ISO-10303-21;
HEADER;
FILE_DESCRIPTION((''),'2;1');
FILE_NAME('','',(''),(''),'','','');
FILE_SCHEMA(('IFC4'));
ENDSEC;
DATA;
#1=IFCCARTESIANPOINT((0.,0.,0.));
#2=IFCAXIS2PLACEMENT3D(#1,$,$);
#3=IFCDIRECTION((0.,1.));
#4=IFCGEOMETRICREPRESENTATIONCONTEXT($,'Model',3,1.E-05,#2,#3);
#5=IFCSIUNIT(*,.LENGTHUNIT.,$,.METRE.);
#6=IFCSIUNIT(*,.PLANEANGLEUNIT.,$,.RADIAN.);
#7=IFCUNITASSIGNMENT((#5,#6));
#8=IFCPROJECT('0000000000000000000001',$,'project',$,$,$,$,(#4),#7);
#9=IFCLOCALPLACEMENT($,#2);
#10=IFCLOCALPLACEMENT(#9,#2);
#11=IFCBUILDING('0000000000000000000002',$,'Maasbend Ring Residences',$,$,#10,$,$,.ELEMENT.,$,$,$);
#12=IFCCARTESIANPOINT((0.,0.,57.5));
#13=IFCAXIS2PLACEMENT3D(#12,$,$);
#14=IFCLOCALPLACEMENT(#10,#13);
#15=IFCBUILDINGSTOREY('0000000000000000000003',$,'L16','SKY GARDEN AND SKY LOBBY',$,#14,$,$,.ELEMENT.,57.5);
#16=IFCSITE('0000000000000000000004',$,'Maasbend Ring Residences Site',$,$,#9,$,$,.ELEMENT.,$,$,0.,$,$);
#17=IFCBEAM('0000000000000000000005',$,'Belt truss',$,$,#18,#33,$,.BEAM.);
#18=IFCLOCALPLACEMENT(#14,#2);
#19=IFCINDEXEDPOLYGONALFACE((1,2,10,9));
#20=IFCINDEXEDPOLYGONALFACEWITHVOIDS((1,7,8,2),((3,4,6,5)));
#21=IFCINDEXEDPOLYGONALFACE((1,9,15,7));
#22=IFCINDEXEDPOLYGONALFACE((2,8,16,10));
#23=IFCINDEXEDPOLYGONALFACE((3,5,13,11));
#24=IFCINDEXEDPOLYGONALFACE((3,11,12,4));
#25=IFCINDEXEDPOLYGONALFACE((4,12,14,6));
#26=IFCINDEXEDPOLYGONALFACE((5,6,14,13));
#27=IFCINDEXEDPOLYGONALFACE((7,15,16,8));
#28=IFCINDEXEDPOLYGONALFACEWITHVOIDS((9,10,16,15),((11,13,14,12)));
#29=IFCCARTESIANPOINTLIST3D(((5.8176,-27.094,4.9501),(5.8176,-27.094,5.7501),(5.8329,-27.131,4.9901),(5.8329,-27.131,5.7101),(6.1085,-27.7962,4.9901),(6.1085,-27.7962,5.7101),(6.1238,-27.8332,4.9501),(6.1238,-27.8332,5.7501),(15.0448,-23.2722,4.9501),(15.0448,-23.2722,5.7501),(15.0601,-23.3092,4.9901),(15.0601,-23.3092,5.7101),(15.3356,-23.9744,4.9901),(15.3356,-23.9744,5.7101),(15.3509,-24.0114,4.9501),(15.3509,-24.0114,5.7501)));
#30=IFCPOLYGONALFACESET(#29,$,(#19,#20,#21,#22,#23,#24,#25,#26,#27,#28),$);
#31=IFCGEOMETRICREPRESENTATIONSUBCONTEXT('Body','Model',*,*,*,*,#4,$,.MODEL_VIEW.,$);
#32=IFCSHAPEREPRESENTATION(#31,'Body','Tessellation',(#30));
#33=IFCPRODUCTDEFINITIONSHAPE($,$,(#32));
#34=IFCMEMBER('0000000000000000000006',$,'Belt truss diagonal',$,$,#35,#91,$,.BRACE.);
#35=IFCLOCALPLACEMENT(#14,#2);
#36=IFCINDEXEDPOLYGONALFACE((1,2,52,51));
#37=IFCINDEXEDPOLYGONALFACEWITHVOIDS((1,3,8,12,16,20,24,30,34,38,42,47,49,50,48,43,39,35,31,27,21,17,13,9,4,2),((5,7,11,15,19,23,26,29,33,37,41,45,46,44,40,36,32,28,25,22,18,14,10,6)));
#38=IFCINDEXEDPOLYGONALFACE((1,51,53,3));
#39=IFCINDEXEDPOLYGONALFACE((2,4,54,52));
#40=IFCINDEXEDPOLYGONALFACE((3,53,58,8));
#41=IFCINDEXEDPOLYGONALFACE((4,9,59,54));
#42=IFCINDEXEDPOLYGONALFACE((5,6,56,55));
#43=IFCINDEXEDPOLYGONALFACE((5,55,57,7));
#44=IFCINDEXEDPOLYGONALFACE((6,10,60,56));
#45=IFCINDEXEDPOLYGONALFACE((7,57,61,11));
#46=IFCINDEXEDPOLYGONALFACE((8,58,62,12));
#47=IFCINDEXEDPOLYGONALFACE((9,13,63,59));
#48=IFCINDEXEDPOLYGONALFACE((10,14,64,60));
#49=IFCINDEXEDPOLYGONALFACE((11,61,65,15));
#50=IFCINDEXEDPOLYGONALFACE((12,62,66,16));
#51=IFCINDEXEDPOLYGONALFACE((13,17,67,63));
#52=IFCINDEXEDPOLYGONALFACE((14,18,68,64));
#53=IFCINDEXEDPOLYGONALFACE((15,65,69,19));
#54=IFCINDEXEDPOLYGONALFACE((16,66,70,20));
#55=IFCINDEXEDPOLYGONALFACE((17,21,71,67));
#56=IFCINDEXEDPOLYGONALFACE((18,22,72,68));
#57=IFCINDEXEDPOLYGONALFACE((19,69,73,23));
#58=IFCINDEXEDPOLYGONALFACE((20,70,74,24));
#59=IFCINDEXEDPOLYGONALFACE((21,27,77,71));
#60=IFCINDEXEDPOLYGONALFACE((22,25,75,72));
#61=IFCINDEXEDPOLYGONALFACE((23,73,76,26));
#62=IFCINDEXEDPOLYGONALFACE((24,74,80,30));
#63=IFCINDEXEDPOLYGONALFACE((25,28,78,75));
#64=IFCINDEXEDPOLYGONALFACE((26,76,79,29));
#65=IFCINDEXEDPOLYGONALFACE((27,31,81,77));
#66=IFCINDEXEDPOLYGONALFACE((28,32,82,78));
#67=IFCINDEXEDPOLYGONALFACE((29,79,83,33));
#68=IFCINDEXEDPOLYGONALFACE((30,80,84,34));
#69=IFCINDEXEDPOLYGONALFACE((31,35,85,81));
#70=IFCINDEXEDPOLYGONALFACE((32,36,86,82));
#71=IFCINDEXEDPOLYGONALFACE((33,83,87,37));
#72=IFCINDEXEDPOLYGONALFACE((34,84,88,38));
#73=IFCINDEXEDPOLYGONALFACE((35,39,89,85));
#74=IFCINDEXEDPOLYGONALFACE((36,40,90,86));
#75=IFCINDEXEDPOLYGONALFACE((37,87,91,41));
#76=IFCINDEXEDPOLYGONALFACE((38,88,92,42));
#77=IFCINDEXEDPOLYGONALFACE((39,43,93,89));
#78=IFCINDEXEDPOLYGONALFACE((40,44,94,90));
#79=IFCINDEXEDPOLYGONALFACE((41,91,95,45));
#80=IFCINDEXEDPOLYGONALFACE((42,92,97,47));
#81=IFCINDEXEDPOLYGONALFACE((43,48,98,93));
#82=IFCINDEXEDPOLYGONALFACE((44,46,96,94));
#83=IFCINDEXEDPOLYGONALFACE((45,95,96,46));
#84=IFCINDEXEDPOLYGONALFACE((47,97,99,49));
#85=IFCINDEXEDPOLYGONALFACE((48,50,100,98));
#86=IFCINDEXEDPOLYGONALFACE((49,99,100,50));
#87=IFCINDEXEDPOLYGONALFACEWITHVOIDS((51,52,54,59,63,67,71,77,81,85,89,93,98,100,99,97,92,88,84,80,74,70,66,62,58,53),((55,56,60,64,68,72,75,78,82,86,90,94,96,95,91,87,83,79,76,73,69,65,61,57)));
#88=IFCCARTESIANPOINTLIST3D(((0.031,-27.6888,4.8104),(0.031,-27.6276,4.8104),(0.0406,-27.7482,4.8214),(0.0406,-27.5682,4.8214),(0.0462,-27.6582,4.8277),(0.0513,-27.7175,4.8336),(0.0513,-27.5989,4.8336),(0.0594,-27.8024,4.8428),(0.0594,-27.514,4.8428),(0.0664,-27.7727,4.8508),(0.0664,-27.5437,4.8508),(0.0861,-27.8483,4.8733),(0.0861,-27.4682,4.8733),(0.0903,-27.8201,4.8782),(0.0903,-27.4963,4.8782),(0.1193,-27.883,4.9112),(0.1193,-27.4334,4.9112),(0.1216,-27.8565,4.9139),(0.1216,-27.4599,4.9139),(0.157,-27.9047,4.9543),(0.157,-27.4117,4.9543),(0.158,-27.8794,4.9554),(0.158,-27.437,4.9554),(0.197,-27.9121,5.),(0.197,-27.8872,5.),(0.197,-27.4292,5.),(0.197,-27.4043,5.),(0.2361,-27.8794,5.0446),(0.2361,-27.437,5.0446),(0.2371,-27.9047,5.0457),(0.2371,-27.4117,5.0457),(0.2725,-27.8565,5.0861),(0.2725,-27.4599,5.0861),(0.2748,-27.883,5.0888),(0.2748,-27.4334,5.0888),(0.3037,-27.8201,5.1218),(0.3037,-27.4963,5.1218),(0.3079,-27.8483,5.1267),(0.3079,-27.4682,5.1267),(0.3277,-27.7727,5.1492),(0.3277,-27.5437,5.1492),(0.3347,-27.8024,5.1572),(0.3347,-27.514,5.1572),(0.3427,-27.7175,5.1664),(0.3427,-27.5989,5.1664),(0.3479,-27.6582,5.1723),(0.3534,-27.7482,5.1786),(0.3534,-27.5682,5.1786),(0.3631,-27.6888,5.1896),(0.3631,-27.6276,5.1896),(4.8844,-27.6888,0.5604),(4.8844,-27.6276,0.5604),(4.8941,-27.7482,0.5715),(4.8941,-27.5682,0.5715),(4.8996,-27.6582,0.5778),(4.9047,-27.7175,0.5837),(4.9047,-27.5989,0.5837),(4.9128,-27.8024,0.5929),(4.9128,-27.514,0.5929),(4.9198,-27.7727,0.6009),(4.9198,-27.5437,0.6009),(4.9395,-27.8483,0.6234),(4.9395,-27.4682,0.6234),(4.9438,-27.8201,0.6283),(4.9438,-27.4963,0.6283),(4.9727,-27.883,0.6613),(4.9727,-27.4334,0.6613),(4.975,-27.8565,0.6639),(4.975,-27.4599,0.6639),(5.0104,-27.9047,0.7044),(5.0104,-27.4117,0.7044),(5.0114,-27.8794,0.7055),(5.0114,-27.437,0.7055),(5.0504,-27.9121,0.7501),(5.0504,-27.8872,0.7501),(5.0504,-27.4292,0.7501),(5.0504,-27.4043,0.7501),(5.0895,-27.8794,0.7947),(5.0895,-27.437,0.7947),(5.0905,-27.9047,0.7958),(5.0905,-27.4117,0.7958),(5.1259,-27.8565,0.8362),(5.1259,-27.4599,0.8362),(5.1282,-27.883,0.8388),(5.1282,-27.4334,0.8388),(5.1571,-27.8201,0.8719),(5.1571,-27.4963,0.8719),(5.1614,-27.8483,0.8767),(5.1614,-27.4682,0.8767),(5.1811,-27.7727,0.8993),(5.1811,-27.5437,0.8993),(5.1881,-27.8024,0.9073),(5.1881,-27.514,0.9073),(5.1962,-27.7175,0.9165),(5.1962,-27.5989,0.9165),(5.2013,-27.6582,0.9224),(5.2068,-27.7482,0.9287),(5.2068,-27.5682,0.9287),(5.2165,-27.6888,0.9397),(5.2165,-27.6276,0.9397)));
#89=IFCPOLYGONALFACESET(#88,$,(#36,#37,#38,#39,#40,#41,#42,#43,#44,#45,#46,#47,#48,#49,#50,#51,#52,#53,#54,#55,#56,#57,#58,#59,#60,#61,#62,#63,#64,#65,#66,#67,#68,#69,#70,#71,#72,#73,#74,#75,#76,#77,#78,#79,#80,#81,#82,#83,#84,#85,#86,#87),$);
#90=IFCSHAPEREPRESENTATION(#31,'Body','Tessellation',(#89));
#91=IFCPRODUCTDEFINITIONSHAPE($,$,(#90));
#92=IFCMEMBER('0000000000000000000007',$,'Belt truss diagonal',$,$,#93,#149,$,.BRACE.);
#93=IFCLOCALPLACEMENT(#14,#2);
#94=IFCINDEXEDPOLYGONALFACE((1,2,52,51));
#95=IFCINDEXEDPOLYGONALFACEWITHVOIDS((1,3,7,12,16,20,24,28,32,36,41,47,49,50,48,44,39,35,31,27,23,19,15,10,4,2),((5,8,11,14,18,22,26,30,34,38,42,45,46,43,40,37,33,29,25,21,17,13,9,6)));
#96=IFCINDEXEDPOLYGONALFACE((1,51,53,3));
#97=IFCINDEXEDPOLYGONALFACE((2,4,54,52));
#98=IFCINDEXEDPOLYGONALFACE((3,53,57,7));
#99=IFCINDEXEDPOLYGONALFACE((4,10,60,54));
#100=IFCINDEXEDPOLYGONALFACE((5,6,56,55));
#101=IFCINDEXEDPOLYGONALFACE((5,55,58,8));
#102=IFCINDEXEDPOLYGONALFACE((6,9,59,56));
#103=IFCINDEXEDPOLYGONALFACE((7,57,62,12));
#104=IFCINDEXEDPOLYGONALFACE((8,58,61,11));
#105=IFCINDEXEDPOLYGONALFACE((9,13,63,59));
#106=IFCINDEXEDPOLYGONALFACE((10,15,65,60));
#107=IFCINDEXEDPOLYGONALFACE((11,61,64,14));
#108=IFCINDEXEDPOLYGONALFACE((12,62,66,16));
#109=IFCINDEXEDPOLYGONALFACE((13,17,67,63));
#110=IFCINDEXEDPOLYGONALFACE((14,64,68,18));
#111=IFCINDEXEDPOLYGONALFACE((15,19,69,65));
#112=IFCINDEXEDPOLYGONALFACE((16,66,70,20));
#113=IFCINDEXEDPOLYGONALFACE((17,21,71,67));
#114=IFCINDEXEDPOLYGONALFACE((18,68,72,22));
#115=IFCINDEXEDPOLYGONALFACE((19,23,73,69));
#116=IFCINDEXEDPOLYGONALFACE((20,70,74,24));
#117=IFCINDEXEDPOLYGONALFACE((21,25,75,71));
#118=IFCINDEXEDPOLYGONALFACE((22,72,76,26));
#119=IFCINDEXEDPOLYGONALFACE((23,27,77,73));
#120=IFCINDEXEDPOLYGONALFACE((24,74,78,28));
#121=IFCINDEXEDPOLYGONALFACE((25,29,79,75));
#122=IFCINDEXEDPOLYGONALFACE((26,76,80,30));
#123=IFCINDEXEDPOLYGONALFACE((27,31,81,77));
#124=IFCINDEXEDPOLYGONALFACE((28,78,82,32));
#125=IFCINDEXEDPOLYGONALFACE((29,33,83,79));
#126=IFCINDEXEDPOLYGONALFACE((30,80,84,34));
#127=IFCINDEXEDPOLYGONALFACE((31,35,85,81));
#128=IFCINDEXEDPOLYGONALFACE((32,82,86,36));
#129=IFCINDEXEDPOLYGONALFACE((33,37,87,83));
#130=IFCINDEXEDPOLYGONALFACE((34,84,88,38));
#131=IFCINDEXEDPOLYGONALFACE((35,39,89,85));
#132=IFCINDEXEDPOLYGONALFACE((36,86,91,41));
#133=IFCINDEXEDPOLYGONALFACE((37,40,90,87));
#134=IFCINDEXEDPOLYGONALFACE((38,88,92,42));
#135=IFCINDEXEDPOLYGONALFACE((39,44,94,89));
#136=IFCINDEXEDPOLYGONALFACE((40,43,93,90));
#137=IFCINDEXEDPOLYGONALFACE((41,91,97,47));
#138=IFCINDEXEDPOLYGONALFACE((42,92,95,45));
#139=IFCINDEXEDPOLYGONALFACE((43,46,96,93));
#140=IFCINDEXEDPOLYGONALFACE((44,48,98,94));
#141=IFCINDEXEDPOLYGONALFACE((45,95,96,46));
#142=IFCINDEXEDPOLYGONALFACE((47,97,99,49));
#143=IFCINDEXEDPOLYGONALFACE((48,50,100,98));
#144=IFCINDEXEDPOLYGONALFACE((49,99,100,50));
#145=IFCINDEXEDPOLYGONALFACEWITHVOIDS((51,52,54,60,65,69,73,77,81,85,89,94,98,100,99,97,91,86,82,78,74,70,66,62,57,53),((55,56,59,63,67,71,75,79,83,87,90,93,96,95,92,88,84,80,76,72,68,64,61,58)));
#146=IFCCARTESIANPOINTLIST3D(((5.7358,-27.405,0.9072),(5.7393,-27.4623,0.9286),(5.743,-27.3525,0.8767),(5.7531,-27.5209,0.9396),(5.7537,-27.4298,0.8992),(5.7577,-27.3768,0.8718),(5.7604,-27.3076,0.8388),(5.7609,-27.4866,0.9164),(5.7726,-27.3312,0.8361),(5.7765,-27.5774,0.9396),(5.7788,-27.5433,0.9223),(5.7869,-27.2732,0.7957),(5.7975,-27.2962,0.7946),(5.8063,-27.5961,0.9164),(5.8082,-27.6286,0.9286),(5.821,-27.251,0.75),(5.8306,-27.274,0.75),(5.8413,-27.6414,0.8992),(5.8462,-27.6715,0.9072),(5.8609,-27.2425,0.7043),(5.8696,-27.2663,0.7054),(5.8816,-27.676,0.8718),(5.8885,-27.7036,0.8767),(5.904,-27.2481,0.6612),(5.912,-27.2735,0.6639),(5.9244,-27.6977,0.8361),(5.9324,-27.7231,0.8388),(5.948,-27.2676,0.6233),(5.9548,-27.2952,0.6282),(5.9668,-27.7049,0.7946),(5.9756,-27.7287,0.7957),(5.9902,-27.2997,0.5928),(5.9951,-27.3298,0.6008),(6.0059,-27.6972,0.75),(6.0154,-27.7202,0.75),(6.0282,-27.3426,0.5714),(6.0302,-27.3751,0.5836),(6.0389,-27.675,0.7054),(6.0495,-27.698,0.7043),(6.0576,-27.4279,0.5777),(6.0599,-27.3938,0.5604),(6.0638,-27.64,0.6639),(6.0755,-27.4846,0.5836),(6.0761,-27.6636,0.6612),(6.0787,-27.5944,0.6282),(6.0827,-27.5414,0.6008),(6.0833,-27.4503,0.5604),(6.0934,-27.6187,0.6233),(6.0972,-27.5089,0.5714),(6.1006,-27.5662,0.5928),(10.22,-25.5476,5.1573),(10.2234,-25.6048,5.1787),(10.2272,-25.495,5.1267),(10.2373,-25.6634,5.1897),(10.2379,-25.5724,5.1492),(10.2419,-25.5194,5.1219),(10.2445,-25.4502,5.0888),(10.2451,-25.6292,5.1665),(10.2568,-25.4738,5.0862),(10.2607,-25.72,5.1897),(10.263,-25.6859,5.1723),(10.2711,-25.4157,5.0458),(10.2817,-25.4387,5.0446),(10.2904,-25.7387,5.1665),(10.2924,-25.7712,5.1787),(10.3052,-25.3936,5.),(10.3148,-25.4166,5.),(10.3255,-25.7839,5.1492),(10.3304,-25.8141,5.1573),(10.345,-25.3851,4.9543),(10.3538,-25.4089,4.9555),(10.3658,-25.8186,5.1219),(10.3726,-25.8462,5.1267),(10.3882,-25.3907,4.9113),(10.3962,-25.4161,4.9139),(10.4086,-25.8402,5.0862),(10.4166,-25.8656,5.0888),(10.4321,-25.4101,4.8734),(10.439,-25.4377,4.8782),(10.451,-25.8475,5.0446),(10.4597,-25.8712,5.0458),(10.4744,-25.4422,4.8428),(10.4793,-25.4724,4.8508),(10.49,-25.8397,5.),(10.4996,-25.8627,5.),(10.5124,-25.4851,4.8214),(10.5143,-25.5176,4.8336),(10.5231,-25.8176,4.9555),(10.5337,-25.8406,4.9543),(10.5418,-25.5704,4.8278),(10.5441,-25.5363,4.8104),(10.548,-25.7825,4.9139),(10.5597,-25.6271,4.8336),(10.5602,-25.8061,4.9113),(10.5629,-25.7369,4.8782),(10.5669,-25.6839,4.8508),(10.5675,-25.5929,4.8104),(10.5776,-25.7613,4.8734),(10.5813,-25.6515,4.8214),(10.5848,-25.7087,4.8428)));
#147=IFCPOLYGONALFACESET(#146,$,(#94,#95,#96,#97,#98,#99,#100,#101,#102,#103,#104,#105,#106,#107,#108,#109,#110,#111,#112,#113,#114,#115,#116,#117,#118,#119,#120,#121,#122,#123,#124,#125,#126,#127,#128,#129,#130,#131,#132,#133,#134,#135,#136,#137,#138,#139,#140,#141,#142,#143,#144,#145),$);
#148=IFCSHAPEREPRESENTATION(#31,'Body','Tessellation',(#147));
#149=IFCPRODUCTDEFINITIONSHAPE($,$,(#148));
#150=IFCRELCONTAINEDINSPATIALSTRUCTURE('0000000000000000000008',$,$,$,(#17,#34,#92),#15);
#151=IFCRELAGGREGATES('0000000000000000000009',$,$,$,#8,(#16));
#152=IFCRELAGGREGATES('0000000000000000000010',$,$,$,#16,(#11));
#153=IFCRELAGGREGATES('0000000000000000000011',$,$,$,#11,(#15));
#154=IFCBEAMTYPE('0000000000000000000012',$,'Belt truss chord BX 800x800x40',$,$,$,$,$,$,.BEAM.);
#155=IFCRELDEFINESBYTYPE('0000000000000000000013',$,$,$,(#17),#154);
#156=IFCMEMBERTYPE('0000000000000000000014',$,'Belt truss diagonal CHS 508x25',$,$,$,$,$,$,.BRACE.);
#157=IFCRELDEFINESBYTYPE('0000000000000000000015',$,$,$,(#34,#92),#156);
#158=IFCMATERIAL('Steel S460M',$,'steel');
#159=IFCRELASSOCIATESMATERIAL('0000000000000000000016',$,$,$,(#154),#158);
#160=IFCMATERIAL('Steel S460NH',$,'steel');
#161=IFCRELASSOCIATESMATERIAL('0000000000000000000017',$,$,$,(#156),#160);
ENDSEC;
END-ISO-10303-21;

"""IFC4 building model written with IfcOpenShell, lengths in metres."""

from ifc_helpers import new_model, si_unit, direction, frame, origin, origin_2d, place, context, subcontext, project, spatial, hollow_rectangle, hollow_circle, extrude, material, material_profile, profile_set, type_object, element, save


model = new_model("IFC4")

# Units and contexts
model_context = context("Model", 3, precision=1e-05, world=origin(), true_north=direction((0.0, 1.0)))
body_context = subcontext(model_context, "Body", "Model", "MODEL_VIEW")
ifc_project = project(units=[si_unit("LENGTHUNIT", "METRE"), si_unit("PLANEANGLEUNIT", "RADIAN")], contexts=[model_context])

# Site, building, storey
site_placement = place(None, origin())
site = spatial("IfcSite", under=ifc_project, at=site_placement, Name="Maasbend Ring Residences Site", CompositionType="ELEMENT", RefElevation=0.0)
building_placement = place(site_placement, origin())
building = spatial("IfcBuilding", under=site, at=building_placement, Name="Maasbend Ring Residences", CompositionType="ELEMENT")
storey_placement = place(building_placement, frame((0.0, 0.0, 57.5)))
storey = spatial("IfcBuildingStorey", under=building, at=storey_placement, Name="L16", Description="SKY GARDEN AND SKY LOBBY", CompositionType="ELEMENT", Elevation=57.5)

# Beam
ifc_material_1 = material(Name="Steel S460M", Category="steel")
ifc_material_profile_1 = material_profile(ifc_material_1, hollow_rectangle(XDim=0.8, YDim=0.8, WallThickness=0.04, at=origin_2d()), Name="Belt truss chord BX 800x800x40")
ifc_profile_set_1 = profile_set([ifc_material_profile_1], Name="Steel S460M")
beam_type_1 = type_object("IfcBeamType", Name="Belt truss chord BX 800x800x40", PredefinedType="BEAM", material=ifc_profile_set_1)
for number, where, z_axis, x_axis, name in (
    (1, (5.9707, -27.4636, 5.3501), (0.923886, 0.382667, 0.0), (-0.382667, 0.923886, 0.0), "Belt truss"),
):
    element("IfcBeam", number, at=place(storey_placement, frame(where, z_axis=z_axis, x_axis=x_axis)), inside=storey, type_object=beam_type_1, Name=name, PredefinedType="BEAM", context=body_context, shape_type="SweptSolid", body=[
        extrude(hollow_rectangle(XDim=0.8, YDim=0.8, WallThickness=0.04, at=origin_2d()), origin(), (0.0, 0.0, 1.0), 9.9873),
    ])

# Members
ifc_material_2 = material(Name="Steel S460NH", Category="steel")
ifc_material_profile_2 = material_profile(ifc_material_2, hollow_circle(Radius=0.2539, WallThickness=0.0249, at=origin_2d()), Name="Belt truss diagonal CHS 508x25")
ifc_profile_set_2 = profile_set([ifc_material_profile_2], Name="Steel S460NH")
member_type_1 = type_object("IfcMemberType", Name="Belt truss diagonal CHS 508x25", PredefinedType="BRACE", material=ifc_profile_set_2)
member_1_placement = place(storey_placement, frame((0.197, -27.6582, 5.0), z_axis=(0.752333, 0.0, -0.658783), x_axis=(0.0, 1.0, 0.0)))
element("IfcMember", 2, at=member_1_placement, inside=storey, type_object=member_type_1, Name="Belt truss diagonal", PredefinedType="BRACE", context=body_context, shape_type="SweptSolid", body=[
    extrude(hollow_circle(Radius=0.2539, WallThickness=0.0249, at=origin_2d()), origin(), (0.0, 0.0, 1.0), 6.4512),
])
for number, where, z_axis, x_axis, name in (
    (3, (5.9182, -27.4856, 0.75), (0.695068, 0.287912, 0.658777), (-0.382689, 0.923877, 0.0), "Belt truss diagonal"),
):
    element("IfcMember", number, at=place(storey_placement, frame(where, z_axis=z_axis, x_axis=x_axis)), inside=storey, type_object=member_type_1, Name=name, PredefinedType="BRACE", context=body_context, shape_type="SweptSolid", body=[
        extrude(hollow_circle(Radius=0.2539, WallThickness=0.0249, at=origin_2d()), origin(), (0.0, 0.0, 1.0), 6.4514),
    ])

save(model, "model.ifc")
